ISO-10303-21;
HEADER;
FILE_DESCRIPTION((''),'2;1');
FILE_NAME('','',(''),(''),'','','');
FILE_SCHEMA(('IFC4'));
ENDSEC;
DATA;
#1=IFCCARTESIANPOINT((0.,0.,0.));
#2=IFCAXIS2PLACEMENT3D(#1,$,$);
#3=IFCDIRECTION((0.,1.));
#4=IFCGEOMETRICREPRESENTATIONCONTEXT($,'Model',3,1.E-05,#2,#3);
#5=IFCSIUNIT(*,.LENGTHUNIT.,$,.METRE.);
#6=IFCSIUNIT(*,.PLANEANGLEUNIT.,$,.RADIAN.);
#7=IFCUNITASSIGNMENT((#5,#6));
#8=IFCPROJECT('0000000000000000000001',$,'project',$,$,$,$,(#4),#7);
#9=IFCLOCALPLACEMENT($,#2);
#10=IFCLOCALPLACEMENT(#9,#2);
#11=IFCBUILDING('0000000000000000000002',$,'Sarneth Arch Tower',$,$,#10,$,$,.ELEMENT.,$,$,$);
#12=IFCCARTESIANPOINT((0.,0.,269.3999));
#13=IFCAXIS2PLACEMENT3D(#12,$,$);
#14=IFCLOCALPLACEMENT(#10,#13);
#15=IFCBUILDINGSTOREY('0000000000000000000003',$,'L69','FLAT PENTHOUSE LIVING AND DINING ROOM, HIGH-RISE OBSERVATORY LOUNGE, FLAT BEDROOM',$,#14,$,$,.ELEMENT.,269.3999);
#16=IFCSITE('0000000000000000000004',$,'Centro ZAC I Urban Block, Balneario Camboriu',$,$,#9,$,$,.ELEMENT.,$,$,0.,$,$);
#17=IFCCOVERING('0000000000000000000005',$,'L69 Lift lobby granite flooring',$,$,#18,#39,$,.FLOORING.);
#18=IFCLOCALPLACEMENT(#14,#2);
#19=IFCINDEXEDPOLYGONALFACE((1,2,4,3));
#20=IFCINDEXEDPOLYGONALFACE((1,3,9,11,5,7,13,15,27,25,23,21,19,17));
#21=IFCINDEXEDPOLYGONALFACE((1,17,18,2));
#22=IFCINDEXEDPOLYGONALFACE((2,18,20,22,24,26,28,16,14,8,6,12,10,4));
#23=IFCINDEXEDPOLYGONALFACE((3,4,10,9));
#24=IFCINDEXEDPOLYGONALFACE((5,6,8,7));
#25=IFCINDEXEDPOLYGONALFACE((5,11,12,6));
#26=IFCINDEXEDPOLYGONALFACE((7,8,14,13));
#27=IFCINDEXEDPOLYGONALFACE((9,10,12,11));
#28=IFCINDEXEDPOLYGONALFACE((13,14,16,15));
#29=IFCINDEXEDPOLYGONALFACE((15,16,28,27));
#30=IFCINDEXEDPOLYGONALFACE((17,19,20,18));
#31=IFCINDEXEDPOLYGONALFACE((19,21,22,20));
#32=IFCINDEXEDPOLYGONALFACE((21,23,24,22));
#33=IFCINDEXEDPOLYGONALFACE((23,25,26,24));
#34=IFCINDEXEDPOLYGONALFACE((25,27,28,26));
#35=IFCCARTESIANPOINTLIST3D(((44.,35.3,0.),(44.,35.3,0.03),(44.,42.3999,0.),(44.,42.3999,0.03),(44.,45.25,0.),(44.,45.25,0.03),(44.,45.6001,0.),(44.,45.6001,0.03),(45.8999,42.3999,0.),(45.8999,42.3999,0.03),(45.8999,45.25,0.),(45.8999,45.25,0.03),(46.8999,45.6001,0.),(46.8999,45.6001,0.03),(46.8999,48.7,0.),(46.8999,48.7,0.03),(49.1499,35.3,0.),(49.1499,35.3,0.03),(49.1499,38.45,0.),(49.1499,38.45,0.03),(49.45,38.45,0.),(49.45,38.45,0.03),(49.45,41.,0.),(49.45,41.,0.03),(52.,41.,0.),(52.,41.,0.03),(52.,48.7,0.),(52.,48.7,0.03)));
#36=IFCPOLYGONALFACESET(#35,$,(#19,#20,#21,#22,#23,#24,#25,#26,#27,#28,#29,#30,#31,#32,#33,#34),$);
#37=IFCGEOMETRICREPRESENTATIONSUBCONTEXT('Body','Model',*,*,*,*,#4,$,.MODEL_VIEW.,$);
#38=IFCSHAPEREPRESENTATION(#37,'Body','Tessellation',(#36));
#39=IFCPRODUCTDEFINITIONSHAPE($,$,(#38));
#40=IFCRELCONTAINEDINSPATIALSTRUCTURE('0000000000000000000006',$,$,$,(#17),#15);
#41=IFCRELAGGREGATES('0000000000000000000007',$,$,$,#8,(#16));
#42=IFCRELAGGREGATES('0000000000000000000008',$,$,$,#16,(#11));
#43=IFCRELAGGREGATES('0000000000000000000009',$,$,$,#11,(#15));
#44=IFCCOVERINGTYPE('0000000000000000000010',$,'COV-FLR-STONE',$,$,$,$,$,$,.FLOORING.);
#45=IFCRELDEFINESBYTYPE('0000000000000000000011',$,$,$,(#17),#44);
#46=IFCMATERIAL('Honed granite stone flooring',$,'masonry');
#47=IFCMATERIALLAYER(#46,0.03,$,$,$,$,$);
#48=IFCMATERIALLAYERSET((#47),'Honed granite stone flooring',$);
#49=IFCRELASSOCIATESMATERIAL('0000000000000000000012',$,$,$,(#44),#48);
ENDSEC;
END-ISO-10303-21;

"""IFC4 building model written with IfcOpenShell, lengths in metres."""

from ifc_helpers import new_model, si_unit, direction, frame, origin, place, context, subcontext, project, spatial, polyline, outline, extrude, material, layer, layer_set, type_object, element, save


model = new_model("IFC4")

# Units and contexts
model_context = context("Model", 3, precision=1e-05, world=origin(), true_north=direction((0.0, 1.0)))
body_context = subcontext(model_context, "Body", "Model", "MODEL_VIEW")
ifc_project = project(units=[si_unit("LENGTHUNIT", "METRE"), si_unit("PLANEANGLEUNIT", "RADIAN")], contexts=[model_context])

# Site, building, storey
site_placement = place(None, origin())
site = spatial("IfcSite", under=ifc_project, at=site_placement, Name="Centro ZAC I Urban Block, Balneario Camboriu", CompositionType="ELEMENT", RefElevation=0.0)
building_placement = place(site_placement, origin())
building = spatial("IfcBuilding", under=site, at=building_placement, Name="Sarneth Arch Tower", CompositionType="ELEMENT")
storey_placement = place(building_placement, frame((0.0, 0.0, 269.3999)))
storey = spatial("IfcBuildingStorey", under=building, at=storey_placement, Name="L69", Description="FLAT PENTHOUSE LIVING AND DINING ROOM, HIGH-RISE OBSERVATORY LOUNGE, FLAT BEDROOM", CompositionType="ELEMENT", Elevation=269.3999)

# Covering
ifc_material_1 = material(Name="Honed granite stone flooring", Category="masonry")
ifc_layer_1 = layer(ifc_material_1, 0.03)
ifc_layer_set_1 = layer_set([ifc_layer_1], Name="Honed granite stone flooring")
covering_type_1 = type_object("IfcCoveringType", Name="COV-FLR-STONE", PredefinedType="FLOORING", material=ifc_layer_set_1)
covering_1_placement = place(storey_placement, origin())
element("IfcCovering", 1, at=covering_1_placement, inside=storey, type_object=covering_type_1, Name="L69 Lift lobby granite flooring", PredefinedType="FLOORING", context=body_context, shape_type="SweptSolid", body=[
    extrude(outline(polyline([(49.45, 41.0), (49.45, 38.45), (49.1499, 38.45), (49.1499, 35.3), (44.0, 35.3), (44.0, 42.3999), (45.8999, 42.3999), (45.8999, 45.25), (44.0, 45.25), (44.0, 45.6001), (46.8999, 45.6001), (46.8999, 48.7), (52.0, 48.7), (52.0, 41.0), (49.45, 41.0)])), origin(), (0.0, 0.0, 1.0), 0.03),
])

save(model, "model.ifc")
